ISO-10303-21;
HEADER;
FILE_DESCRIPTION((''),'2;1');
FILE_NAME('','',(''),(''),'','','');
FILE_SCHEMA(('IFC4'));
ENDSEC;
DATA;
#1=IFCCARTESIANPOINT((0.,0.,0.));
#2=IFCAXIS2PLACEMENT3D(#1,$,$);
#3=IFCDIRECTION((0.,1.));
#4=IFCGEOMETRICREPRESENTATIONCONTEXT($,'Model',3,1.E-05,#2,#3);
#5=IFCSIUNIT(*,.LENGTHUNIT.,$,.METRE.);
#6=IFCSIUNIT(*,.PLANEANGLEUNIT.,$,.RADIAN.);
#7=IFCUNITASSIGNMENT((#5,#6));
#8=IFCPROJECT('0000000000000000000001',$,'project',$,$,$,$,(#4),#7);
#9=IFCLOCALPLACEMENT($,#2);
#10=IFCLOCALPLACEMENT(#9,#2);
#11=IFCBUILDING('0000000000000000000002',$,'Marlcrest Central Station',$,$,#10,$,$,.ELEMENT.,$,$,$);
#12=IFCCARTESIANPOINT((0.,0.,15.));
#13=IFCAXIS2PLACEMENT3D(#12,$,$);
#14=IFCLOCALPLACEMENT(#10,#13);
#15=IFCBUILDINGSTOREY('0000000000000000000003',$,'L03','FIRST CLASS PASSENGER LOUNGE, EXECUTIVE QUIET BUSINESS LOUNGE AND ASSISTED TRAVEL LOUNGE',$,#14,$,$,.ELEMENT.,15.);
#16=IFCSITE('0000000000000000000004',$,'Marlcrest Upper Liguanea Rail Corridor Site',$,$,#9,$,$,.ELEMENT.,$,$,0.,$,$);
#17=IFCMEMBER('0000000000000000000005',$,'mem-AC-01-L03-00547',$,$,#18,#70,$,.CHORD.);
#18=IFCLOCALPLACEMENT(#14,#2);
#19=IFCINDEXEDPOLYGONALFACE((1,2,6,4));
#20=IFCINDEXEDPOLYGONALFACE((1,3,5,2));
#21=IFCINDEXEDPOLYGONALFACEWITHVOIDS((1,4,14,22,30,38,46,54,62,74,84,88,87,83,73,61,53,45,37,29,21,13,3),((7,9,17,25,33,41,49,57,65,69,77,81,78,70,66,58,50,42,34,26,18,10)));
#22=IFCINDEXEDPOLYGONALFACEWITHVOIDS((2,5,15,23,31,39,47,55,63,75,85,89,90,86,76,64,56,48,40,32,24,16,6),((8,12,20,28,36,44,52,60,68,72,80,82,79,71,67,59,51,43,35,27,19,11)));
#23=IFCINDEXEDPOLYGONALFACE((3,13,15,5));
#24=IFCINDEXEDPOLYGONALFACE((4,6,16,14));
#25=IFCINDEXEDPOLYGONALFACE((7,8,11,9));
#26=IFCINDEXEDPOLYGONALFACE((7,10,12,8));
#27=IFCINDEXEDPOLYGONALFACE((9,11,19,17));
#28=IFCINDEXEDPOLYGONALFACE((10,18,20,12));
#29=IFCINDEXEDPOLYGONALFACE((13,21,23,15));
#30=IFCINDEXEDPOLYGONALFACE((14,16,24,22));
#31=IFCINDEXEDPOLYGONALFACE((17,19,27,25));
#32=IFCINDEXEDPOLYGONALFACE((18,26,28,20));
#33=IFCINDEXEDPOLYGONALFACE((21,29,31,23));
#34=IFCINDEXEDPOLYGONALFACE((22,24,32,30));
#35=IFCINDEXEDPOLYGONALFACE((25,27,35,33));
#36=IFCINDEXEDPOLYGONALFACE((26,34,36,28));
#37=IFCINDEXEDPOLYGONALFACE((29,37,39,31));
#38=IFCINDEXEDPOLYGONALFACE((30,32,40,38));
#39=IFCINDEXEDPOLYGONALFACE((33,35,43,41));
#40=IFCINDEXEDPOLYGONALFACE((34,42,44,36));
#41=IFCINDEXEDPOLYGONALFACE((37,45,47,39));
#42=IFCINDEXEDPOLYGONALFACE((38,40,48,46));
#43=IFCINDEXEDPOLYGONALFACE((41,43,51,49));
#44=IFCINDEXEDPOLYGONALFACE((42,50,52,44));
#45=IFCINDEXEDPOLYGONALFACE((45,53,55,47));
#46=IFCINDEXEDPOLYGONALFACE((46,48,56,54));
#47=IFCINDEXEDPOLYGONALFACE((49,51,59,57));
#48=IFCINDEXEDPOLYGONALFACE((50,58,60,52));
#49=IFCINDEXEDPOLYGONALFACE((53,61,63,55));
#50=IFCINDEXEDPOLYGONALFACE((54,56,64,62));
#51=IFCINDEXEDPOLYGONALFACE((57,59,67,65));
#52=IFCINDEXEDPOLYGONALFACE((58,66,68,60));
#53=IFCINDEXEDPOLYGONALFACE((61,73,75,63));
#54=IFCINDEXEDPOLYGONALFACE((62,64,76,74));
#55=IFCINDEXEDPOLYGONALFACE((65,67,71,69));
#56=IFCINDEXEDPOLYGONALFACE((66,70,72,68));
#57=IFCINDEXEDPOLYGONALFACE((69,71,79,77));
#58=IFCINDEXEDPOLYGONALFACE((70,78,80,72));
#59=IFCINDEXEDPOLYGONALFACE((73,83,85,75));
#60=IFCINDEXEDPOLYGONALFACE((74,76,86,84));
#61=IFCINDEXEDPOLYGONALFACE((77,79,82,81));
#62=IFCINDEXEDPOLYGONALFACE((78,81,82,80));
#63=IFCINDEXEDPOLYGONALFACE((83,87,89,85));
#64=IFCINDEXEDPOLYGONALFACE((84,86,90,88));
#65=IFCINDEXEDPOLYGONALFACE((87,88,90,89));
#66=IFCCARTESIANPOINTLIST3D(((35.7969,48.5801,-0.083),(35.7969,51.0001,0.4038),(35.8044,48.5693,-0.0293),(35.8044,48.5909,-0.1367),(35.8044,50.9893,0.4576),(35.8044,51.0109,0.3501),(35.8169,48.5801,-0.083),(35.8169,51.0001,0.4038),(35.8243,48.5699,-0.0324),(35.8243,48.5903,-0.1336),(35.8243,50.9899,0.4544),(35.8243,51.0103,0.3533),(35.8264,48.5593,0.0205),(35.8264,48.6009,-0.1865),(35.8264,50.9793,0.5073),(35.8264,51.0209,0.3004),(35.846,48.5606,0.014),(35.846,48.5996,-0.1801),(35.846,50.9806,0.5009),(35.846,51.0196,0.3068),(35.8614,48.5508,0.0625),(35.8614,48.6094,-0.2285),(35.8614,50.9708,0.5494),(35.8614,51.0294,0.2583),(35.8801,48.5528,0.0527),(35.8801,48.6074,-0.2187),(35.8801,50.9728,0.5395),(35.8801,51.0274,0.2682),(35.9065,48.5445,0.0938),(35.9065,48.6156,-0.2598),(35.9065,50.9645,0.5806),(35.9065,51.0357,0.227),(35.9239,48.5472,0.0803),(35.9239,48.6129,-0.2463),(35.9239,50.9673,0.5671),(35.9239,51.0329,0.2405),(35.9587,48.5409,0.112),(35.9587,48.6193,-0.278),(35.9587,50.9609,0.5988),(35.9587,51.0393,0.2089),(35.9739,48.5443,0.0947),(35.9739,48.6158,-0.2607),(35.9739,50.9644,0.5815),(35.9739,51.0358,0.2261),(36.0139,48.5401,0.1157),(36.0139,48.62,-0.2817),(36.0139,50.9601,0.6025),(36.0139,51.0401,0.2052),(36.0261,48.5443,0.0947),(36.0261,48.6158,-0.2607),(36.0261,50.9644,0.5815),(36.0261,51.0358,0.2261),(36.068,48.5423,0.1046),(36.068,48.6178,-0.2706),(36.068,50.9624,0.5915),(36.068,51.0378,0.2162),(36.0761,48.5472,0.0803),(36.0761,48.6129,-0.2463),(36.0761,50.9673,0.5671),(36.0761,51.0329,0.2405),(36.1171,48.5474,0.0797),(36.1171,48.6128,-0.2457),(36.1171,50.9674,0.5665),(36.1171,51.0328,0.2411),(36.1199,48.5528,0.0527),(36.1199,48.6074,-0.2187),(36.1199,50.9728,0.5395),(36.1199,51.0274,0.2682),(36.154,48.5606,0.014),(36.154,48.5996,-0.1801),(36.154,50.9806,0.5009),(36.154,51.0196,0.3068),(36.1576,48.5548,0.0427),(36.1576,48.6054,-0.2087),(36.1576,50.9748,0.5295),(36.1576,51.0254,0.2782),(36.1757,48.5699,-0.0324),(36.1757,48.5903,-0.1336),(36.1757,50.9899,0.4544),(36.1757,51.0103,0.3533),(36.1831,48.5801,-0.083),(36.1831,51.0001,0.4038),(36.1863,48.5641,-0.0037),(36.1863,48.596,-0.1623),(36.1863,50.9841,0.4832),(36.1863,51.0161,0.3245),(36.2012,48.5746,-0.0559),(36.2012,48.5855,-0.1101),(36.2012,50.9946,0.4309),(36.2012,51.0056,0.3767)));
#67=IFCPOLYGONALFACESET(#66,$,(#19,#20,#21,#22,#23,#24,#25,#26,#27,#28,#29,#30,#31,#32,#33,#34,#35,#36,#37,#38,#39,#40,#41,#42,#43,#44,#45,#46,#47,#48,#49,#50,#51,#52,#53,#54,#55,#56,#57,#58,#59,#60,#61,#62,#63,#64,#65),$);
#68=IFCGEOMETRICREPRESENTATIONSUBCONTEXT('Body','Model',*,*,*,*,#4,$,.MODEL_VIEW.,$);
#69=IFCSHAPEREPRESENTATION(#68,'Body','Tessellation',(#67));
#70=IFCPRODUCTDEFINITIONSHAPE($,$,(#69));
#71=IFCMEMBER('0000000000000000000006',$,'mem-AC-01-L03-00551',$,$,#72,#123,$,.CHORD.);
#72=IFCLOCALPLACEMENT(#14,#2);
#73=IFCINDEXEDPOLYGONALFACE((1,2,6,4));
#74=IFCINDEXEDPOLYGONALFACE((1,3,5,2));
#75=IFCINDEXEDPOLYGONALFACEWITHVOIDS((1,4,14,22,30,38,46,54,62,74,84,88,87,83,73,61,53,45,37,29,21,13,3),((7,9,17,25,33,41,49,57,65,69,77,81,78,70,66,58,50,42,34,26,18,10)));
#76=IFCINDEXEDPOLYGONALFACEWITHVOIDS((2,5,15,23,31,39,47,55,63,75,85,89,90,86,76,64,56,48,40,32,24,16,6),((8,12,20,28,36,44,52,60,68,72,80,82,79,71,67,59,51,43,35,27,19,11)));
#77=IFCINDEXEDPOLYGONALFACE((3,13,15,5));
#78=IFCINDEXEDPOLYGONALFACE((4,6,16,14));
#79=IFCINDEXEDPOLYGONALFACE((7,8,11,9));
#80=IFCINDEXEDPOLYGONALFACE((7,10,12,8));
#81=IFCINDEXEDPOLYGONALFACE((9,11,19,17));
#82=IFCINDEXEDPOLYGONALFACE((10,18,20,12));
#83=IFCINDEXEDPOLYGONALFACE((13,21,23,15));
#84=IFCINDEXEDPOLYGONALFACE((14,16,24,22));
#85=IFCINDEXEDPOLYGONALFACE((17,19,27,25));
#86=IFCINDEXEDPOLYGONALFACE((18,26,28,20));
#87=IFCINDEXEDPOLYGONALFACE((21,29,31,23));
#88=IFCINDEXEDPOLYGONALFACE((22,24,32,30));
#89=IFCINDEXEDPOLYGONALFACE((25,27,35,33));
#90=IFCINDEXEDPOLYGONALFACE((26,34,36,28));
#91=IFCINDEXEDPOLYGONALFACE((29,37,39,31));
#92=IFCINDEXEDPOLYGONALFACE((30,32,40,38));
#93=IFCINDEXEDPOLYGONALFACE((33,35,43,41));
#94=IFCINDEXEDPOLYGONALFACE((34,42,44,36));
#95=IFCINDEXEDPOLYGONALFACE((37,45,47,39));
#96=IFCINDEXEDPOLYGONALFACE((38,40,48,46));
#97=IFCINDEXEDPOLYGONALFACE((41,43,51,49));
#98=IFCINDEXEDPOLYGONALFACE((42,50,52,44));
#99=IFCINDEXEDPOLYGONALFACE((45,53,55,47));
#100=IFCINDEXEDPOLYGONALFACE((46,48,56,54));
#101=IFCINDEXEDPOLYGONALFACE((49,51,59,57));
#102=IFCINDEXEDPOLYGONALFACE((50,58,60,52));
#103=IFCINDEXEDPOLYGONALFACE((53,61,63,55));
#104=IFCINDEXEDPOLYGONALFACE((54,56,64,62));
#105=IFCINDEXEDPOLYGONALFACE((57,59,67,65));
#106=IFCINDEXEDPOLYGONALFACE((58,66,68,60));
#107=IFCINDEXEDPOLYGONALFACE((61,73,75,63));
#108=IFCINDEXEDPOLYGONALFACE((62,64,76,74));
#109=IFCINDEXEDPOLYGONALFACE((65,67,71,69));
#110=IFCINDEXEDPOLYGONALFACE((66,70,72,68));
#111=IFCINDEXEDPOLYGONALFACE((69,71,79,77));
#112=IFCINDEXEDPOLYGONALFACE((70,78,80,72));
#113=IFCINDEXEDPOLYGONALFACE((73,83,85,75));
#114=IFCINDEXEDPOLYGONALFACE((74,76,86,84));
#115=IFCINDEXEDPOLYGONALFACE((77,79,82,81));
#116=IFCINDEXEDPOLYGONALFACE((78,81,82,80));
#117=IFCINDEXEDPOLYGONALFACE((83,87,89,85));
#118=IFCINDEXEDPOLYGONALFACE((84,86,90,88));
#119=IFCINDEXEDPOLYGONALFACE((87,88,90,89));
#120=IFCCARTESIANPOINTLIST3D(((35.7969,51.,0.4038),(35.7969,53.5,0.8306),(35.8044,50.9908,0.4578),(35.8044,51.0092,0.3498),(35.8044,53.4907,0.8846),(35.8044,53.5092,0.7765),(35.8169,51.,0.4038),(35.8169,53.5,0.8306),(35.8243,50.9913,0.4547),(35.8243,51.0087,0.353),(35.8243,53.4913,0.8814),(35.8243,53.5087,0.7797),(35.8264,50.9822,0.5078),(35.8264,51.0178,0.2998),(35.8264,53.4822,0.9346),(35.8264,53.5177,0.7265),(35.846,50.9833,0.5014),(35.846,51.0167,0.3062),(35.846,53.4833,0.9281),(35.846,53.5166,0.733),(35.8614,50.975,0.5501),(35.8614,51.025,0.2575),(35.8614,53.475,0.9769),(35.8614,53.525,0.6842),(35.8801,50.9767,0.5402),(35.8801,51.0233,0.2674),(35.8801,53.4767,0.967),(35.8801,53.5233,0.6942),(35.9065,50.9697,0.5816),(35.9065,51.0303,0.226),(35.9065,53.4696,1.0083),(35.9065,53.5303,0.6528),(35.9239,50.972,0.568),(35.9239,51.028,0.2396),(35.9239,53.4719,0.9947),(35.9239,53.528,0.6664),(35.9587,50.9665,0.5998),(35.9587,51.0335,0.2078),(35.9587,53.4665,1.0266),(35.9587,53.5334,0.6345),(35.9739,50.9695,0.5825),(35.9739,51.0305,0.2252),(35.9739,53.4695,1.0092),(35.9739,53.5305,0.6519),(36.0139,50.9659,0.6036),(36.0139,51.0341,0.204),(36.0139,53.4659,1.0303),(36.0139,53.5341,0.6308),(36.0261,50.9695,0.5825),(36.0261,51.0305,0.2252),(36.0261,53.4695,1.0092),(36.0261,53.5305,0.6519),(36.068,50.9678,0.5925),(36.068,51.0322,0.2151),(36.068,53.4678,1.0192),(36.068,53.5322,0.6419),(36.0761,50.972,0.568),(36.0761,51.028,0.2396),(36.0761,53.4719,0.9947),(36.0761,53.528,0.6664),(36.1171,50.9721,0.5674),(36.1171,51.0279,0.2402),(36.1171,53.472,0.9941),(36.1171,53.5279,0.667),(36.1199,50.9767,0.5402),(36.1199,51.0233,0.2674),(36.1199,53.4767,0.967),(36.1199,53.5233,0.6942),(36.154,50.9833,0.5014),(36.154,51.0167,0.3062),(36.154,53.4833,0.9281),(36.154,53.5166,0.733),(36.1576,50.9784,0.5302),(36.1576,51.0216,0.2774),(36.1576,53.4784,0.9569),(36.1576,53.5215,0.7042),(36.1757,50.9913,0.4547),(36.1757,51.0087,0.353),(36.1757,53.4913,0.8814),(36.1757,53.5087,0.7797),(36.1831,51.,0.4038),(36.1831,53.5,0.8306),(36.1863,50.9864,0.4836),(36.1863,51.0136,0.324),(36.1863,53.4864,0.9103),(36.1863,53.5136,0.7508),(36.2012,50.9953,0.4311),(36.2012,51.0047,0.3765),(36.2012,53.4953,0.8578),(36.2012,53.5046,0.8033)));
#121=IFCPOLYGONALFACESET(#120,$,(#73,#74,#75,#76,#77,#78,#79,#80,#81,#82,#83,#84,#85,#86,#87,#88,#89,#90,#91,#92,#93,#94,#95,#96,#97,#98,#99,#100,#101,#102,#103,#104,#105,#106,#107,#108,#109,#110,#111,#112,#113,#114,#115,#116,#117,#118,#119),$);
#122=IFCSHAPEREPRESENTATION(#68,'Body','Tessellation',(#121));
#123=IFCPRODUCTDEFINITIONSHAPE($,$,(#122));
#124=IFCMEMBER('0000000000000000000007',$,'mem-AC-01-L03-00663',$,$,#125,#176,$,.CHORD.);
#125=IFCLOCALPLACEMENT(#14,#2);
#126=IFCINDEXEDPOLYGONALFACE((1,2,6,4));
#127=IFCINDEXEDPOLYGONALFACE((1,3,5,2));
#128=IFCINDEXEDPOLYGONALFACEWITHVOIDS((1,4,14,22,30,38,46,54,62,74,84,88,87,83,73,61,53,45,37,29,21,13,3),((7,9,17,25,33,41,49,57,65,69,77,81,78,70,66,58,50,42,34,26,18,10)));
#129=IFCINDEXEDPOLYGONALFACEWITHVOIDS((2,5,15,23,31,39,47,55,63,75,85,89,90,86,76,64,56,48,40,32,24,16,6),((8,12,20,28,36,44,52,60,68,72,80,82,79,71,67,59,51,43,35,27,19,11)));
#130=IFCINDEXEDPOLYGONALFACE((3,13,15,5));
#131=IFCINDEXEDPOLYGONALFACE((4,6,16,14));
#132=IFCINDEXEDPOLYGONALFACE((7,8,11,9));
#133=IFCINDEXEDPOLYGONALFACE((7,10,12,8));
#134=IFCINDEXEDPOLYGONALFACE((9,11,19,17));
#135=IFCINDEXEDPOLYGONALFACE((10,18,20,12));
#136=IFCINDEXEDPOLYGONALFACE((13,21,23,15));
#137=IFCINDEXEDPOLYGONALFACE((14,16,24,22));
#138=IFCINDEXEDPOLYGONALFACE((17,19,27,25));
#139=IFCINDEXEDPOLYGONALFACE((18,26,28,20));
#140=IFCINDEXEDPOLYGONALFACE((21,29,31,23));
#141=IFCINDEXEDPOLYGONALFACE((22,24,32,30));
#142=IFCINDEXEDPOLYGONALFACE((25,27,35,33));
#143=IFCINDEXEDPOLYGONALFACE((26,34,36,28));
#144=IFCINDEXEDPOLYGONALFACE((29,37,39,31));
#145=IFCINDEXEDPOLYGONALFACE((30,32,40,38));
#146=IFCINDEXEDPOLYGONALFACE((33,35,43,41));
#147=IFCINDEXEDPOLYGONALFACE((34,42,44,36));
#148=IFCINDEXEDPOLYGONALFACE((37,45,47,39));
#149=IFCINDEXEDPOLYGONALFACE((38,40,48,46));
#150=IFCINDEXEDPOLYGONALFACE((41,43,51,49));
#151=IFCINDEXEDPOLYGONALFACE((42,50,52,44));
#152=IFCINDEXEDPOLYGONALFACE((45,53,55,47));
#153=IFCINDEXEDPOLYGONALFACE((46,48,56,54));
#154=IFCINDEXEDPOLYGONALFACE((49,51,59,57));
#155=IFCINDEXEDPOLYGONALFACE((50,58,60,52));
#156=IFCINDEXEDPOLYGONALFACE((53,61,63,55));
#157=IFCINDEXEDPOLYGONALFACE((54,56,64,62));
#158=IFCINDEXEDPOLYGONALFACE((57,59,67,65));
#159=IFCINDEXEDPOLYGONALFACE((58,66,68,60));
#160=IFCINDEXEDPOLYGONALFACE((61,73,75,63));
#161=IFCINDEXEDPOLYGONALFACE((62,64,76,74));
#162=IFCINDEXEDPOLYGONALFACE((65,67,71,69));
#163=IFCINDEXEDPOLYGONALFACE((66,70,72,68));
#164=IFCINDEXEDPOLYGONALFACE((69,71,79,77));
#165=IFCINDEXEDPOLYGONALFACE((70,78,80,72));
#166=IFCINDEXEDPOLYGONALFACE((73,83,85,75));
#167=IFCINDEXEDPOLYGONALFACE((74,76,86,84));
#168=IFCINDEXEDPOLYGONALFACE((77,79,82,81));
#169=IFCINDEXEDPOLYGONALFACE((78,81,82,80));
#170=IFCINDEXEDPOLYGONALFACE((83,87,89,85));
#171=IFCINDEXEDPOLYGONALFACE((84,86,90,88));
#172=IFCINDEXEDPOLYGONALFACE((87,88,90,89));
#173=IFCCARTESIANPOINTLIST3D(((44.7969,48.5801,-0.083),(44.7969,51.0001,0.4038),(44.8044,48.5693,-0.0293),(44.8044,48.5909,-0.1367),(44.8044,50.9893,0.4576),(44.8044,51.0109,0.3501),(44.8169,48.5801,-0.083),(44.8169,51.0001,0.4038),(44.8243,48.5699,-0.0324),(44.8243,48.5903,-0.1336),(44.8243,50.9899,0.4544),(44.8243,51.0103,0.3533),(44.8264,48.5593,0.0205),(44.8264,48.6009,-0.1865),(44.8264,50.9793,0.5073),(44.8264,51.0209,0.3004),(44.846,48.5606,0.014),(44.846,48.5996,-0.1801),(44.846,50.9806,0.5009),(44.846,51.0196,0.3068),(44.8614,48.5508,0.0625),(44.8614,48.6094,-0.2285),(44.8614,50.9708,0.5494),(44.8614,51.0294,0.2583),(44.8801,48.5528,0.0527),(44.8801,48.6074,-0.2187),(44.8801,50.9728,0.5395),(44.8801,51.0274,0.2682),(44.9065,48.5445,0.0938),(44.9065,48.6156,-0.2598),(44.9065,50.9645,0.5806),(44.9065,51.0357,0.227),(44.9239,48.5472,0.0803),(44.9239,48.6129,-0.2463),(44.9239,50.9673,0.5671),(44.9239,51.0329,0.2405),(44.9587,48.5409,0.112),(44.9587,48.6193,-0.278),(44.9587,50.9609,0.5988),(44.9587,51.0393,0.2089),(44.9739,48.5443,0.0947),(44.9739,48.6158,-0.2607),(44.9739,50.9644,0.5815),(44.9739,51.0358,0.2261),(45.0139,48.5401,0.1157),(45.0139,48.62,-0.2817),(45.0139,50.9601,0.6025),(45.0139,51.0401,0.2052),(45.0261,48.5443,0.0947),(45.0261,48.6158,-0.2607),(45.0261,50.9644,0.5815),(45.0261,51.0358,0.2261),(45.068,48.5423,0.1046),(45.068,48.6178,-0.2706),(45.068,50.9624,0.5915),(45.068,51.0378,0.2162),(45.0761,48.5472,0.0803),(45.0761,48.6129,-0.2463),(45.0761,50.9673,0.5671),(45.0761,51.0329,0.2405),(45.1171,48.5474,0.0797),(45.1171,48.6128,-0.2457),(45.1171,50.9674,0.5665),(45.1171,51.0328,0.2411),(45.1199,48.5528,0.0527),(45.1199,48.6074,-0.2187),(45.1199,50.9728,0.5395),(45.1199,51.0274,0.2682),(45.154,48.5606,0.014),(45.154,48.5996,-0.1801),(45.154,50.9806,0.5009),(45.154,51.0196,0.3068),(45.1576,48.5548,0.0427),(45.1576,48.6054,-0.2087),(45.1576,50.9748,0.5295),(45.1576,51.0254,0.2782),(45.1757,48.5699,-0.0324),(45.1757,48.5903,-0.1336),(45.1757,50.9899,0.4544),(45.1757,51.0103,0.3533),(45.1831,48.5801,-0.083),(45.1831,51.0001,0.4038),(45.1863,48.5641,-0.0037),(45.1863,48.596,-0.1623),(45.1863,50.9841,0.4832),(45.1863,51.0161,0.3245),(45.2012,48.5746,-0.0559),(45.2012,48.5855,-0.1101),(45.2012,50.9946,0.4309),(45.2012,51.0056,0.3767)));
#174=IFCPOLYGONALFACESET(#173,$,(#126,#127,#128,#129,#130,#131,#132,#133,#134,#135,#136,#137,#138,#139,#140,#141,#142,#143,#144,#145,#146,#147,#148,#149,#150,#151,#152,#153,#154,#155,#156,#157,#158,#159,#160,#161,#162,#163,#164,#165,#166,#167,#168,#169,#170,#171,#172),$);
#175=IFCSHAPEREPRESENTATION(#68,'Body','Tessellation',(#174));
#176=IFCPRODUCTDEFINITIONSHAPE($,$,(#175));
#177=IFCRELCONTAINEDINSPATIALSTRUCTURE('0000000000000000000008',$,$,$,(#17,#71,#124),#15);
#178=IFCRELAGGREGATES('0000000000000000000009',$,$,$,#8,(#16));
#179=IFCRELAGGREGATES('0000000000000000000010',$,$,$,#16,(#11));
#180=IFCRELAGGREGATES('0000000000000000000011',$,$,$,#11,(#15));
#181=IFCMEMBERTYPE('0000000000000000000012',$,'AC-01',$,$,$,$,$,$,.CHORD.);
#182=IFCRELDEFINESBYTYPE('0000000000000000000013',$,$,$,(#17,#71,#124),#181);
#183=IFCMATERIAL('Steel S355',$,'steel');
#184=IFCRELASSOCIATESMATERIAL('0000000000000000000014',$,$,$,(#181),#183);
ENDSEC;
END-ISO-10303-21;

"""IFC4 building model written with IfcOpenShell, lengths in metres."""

from ifc_helpers import new_model, si_unit, direction, frame, origin, origin_2d, place, context, subcontext, project, spatial, hollow_circle, extrude, material, material_profile, profile_set, type_object, element, save


model = new_model("IFC4")

# Units and contexts
model_context = context("Model", 3, precision=1e-05, world=origin(), true_north=direction((0.0, 1.0)))
body_context = subcontext(model_context, "Body", "Model", "MODEL_VIEW")
ifc_project = project(units=[si_unit("LENGTHUNIT", "METRE"), si_unit("PLANEANGLEUNIT", "RADIAN")], contexts=[model_context])

# Site, building, storey
site_placement = place(None, origin())
site = spatial("IfcSite", under=ifc_project, at=site_placement, Name="Marlcrest Upper Liguanea Rail Corridor Site", CompositionType="ELEMENT", RefElevation=0.0)
building_placement = place(site_placement, origin())
building = spatial("IfcBuilding", under=site, at=building_placement, Name="Marlcrest Central Station", CompositionType="ELEMENT")
storey_placement = place(building_placement, frame((0.0, 0.0, 15.0)))
storey = spatial("IfcBuildingStorey", under=building, at=storey_placement, Name="L03", Description="FIRST CLASS PASSENGER LOUNGE, EXECUTIVE QUIET BUSINESS LOUNGE AND ASSISTED TRAVEL LOUNGE", CompositionType="ELEMENT", Elevation=15.0)

# Members
ifc_material_1 = material(Name="Steel S355", Category="steel")
ifc_material_profile_1 = material_profile(ifc_material_1, hollow_circle(Radius=0.2031, WallThickness=0.02, at=origin_2d()), Name="CHS 406.4x20")
ifc_profile_set_1 = profile_set([ifc_material_profile_1], Name="Steel S355")
member_type_1 = type_object("IfcMemberType", Name="AC-01", PredefinedType="CHORD", material=ifc_profile_set_1)
member_1_placement = place(storey_placement, frame((36.0, 48.5801, -0.083), z_axis=(0.0, 0.980359, 0.197219), x_axis=(-1.0, 0.0, 0.0)))
element("IfcMember", 1, at=member_1_placement, inside=storey, type_object=member_type_1, Name="mem-AC-01-L03-00547", PredefinedType="CHORD", context=body_context, shape_type="SweptSolid", body=[
    extrude(hollow_circle(Radius=0.2031, WallThickness=0.02, at=origin_2d()), origin(), (0.0, 0.0, 1.0), 2.4685),
])
member_2_placement = place(storey_placement, frame((36.0, 51.0, 0.4038), z_axis=(0.0, 0.985741, 0.168269), x_axis=(-1.0, 0.0, 0.0)))
element("IfcMember", 2, at=member_2_placement, inside=storey, type_object=member_type_1, Name="mem-AC-01-L03-00551", PredefinedType="CHORD", context=body_context, shape_type="SweptSolid", body=[
    extrude(hollow_circle(Radius=0.2031, WallThickness=0.02, at=origin_2d()), origin(), (0.0, 0.0, 1.0), 2.5361),
])
member_3_placement = place(storey_placement, frame((45.0, 48.5801, -0.083), z_axis=(0.0, 0.980359, 0.197219), x_axis=(-1.0, 0.0, 0.0)))
element("IfcMember", 3, at=member_3_placement, inside=storey, type_object=member_type_1, Name="mem-AC-01-L03-00663", PredefinedType="CHORD", context=body_context, shape_type="SweptSolid", body=[
    extrude(hollow_circle(Radius=0.2031, WallThickness=0.02, at=origin_2d()), origin(), (0.0, 0.0, 1.0), 2.4685),
])

save(model, "model.ifc")
